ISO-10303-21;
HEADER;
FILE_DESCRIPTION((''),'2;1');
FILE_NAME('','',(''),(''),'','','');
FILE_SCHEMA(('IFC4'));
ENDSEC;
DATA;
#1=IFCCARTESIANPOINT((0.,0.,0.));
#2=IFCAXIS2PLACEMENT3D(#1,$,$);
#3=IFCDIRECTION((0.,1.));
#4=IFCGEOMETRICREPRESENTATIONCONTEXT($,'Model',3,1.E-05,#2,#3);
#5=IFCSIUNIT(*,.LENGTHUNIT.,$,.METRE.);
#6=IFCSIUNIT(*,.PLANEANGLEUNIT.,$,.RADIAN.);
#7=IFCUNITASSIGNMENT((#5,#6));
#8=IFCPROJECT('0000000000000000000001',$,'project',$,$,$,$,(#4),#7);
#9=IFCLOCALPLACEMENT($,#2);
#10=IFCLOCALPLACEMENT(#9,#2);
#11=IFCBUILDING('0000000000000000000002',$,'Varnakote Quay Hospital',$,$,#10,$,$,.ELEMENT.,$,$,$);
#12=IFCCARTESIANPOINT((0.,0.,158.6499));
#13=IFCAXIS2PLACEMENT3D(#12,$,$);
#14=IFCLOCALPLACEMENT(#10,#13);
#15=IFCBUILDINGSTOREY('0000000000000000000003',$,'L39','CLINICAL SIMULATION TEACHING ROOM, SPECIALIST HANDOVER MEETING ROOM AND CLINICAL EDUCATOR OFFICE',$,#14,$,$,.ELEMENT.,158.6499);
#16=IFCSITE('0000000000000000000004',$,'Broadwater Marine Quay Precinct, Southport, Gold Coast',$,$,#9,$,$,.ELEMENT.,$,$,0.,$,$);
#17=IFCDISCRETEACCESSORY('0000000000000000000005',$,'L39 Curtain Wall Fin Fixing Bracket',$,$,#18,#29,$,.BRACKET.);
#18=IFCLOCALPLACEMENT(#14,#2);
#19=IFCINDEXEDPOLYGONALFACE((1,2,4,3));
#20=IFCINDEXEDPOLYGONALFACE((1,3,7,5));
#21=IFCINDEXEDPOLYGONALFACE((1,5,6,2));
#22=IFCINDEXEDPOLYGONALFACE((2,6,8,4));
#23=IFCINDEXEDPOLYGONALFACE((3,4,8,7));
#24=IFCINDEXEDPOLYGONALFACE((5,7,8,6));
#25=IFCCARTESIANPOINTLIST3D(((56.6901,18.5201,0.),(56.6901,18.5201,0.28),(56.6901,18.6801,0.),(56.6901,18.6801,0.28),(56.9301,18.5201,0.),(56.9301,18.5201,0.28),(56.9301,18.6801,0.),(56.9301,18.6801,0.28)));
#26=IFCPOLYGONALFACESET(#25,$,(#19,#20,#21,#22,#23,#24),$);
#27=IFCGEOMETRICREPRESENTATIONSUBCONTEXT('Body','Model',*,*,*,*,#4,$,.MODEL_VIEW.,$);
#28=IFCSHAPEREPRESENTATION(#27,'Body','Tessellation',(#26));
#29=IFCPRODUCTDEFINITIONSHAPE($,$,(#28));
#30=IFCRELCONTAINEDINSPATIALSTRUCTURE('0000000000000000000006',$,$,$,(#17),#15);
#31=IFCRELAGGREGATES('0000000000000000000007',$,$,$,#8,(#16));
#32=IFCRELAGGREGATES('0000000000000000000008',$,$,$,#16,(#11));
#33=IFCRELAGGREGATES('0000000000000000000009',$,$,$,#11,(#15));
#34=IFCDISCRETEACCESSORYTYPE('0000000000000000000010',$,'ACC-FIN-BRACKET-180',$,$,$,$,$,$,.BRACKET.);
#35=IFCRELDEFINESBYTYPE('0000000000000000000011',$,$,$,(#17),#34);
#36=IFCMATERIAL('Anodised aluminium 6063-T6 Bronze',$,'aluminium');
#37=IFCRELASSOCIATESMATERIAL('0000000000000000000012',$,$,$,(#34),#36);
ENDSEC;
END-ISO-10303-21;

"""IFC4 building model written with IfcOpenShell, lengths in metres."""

from ifc_helpers import new_model, si_unit, direction, frame, origin, origin_2d, place, context, subcontext, project, spatial, rectangle, extrude, material, type_object, element, save


model = new_model("IFC4")

# Units and contexts
model_context = context("Model", 3, precision=1e-05, world=origin(), true_north=direction((0.0, 1.0)))
body_context = subcontext(model_context, "Body", "Model", "MODEL_VIEW")
ifc_project = project(units=[si_unit("LENGTHUNIT", "METRE"), si_unit("PLANEANGLEUNIT", "RADIAN")], contexts=[model_context])

# Site, building, storey
site_placement = place(None, origin())
site = spatial("IfcSite", under=ifc_project, at=site_placement, Name="Broadwater Marine Quay Precinct, Southport, Gold Coast", CompositionType="ELEMENT", RefElevation=0.0)
building_placement = place(site_placement, origin())
building = spatial("IfcBuilding", under=site, at=building_placement, Name="Varnakote Quay Hospital", CompositionType="ELEMENT")
storey_placement = place(building_placement, frame((0.0, 0.0, 158.6499)))
storey = spatial("IfcBuildingStorey", under=building, at=storey_placement, Name="L39", Description="CLINICAL SIMULATION TEACHING ROOM, SPECIALIST HANDOVER MEETING ROOM AND CLINICAL EDUCATOR OFFICE", CompositionType="ELEMENT", Elevation=158.6499)

# Discrete accessory
ifc_material_1 = material(Name="Anodised aluminium 6063-T6 Bronze", Category="aluminium")
discrete_accessory_type = type_object("IfcDiscreteAccessoryType", Name="ACC-FIN-BRACKET-180", PredefinedType="BRACKET", material=ifc_material_1)
for number, where, z_axis, x_axis, name in (
    (1, (56.8101, 18.6001, 0.0), (0.0, 0.0, 1.0), (0.0, 1.0, 0.0), "L39 Curtain Wall Fin Fixing Bracket"),
):
    element("IfcDiscreteAccessory", number, at=place(storey_placement, frame(where, z_axis=z_axis, x_axis=x_axis)), inside=storey, type_object=discrete_accessory_type, Name=name, PredefinedType="BRACKET", context=body_context, shape_type="SweptSolid", body=[
        extrude(rectangle(XDim=0.1599, YDim=0.24, at=origin_2d()), origin(), (0.0, 0.0, 1.0), 0.28),
    ])

save(model, "model.ifc")
